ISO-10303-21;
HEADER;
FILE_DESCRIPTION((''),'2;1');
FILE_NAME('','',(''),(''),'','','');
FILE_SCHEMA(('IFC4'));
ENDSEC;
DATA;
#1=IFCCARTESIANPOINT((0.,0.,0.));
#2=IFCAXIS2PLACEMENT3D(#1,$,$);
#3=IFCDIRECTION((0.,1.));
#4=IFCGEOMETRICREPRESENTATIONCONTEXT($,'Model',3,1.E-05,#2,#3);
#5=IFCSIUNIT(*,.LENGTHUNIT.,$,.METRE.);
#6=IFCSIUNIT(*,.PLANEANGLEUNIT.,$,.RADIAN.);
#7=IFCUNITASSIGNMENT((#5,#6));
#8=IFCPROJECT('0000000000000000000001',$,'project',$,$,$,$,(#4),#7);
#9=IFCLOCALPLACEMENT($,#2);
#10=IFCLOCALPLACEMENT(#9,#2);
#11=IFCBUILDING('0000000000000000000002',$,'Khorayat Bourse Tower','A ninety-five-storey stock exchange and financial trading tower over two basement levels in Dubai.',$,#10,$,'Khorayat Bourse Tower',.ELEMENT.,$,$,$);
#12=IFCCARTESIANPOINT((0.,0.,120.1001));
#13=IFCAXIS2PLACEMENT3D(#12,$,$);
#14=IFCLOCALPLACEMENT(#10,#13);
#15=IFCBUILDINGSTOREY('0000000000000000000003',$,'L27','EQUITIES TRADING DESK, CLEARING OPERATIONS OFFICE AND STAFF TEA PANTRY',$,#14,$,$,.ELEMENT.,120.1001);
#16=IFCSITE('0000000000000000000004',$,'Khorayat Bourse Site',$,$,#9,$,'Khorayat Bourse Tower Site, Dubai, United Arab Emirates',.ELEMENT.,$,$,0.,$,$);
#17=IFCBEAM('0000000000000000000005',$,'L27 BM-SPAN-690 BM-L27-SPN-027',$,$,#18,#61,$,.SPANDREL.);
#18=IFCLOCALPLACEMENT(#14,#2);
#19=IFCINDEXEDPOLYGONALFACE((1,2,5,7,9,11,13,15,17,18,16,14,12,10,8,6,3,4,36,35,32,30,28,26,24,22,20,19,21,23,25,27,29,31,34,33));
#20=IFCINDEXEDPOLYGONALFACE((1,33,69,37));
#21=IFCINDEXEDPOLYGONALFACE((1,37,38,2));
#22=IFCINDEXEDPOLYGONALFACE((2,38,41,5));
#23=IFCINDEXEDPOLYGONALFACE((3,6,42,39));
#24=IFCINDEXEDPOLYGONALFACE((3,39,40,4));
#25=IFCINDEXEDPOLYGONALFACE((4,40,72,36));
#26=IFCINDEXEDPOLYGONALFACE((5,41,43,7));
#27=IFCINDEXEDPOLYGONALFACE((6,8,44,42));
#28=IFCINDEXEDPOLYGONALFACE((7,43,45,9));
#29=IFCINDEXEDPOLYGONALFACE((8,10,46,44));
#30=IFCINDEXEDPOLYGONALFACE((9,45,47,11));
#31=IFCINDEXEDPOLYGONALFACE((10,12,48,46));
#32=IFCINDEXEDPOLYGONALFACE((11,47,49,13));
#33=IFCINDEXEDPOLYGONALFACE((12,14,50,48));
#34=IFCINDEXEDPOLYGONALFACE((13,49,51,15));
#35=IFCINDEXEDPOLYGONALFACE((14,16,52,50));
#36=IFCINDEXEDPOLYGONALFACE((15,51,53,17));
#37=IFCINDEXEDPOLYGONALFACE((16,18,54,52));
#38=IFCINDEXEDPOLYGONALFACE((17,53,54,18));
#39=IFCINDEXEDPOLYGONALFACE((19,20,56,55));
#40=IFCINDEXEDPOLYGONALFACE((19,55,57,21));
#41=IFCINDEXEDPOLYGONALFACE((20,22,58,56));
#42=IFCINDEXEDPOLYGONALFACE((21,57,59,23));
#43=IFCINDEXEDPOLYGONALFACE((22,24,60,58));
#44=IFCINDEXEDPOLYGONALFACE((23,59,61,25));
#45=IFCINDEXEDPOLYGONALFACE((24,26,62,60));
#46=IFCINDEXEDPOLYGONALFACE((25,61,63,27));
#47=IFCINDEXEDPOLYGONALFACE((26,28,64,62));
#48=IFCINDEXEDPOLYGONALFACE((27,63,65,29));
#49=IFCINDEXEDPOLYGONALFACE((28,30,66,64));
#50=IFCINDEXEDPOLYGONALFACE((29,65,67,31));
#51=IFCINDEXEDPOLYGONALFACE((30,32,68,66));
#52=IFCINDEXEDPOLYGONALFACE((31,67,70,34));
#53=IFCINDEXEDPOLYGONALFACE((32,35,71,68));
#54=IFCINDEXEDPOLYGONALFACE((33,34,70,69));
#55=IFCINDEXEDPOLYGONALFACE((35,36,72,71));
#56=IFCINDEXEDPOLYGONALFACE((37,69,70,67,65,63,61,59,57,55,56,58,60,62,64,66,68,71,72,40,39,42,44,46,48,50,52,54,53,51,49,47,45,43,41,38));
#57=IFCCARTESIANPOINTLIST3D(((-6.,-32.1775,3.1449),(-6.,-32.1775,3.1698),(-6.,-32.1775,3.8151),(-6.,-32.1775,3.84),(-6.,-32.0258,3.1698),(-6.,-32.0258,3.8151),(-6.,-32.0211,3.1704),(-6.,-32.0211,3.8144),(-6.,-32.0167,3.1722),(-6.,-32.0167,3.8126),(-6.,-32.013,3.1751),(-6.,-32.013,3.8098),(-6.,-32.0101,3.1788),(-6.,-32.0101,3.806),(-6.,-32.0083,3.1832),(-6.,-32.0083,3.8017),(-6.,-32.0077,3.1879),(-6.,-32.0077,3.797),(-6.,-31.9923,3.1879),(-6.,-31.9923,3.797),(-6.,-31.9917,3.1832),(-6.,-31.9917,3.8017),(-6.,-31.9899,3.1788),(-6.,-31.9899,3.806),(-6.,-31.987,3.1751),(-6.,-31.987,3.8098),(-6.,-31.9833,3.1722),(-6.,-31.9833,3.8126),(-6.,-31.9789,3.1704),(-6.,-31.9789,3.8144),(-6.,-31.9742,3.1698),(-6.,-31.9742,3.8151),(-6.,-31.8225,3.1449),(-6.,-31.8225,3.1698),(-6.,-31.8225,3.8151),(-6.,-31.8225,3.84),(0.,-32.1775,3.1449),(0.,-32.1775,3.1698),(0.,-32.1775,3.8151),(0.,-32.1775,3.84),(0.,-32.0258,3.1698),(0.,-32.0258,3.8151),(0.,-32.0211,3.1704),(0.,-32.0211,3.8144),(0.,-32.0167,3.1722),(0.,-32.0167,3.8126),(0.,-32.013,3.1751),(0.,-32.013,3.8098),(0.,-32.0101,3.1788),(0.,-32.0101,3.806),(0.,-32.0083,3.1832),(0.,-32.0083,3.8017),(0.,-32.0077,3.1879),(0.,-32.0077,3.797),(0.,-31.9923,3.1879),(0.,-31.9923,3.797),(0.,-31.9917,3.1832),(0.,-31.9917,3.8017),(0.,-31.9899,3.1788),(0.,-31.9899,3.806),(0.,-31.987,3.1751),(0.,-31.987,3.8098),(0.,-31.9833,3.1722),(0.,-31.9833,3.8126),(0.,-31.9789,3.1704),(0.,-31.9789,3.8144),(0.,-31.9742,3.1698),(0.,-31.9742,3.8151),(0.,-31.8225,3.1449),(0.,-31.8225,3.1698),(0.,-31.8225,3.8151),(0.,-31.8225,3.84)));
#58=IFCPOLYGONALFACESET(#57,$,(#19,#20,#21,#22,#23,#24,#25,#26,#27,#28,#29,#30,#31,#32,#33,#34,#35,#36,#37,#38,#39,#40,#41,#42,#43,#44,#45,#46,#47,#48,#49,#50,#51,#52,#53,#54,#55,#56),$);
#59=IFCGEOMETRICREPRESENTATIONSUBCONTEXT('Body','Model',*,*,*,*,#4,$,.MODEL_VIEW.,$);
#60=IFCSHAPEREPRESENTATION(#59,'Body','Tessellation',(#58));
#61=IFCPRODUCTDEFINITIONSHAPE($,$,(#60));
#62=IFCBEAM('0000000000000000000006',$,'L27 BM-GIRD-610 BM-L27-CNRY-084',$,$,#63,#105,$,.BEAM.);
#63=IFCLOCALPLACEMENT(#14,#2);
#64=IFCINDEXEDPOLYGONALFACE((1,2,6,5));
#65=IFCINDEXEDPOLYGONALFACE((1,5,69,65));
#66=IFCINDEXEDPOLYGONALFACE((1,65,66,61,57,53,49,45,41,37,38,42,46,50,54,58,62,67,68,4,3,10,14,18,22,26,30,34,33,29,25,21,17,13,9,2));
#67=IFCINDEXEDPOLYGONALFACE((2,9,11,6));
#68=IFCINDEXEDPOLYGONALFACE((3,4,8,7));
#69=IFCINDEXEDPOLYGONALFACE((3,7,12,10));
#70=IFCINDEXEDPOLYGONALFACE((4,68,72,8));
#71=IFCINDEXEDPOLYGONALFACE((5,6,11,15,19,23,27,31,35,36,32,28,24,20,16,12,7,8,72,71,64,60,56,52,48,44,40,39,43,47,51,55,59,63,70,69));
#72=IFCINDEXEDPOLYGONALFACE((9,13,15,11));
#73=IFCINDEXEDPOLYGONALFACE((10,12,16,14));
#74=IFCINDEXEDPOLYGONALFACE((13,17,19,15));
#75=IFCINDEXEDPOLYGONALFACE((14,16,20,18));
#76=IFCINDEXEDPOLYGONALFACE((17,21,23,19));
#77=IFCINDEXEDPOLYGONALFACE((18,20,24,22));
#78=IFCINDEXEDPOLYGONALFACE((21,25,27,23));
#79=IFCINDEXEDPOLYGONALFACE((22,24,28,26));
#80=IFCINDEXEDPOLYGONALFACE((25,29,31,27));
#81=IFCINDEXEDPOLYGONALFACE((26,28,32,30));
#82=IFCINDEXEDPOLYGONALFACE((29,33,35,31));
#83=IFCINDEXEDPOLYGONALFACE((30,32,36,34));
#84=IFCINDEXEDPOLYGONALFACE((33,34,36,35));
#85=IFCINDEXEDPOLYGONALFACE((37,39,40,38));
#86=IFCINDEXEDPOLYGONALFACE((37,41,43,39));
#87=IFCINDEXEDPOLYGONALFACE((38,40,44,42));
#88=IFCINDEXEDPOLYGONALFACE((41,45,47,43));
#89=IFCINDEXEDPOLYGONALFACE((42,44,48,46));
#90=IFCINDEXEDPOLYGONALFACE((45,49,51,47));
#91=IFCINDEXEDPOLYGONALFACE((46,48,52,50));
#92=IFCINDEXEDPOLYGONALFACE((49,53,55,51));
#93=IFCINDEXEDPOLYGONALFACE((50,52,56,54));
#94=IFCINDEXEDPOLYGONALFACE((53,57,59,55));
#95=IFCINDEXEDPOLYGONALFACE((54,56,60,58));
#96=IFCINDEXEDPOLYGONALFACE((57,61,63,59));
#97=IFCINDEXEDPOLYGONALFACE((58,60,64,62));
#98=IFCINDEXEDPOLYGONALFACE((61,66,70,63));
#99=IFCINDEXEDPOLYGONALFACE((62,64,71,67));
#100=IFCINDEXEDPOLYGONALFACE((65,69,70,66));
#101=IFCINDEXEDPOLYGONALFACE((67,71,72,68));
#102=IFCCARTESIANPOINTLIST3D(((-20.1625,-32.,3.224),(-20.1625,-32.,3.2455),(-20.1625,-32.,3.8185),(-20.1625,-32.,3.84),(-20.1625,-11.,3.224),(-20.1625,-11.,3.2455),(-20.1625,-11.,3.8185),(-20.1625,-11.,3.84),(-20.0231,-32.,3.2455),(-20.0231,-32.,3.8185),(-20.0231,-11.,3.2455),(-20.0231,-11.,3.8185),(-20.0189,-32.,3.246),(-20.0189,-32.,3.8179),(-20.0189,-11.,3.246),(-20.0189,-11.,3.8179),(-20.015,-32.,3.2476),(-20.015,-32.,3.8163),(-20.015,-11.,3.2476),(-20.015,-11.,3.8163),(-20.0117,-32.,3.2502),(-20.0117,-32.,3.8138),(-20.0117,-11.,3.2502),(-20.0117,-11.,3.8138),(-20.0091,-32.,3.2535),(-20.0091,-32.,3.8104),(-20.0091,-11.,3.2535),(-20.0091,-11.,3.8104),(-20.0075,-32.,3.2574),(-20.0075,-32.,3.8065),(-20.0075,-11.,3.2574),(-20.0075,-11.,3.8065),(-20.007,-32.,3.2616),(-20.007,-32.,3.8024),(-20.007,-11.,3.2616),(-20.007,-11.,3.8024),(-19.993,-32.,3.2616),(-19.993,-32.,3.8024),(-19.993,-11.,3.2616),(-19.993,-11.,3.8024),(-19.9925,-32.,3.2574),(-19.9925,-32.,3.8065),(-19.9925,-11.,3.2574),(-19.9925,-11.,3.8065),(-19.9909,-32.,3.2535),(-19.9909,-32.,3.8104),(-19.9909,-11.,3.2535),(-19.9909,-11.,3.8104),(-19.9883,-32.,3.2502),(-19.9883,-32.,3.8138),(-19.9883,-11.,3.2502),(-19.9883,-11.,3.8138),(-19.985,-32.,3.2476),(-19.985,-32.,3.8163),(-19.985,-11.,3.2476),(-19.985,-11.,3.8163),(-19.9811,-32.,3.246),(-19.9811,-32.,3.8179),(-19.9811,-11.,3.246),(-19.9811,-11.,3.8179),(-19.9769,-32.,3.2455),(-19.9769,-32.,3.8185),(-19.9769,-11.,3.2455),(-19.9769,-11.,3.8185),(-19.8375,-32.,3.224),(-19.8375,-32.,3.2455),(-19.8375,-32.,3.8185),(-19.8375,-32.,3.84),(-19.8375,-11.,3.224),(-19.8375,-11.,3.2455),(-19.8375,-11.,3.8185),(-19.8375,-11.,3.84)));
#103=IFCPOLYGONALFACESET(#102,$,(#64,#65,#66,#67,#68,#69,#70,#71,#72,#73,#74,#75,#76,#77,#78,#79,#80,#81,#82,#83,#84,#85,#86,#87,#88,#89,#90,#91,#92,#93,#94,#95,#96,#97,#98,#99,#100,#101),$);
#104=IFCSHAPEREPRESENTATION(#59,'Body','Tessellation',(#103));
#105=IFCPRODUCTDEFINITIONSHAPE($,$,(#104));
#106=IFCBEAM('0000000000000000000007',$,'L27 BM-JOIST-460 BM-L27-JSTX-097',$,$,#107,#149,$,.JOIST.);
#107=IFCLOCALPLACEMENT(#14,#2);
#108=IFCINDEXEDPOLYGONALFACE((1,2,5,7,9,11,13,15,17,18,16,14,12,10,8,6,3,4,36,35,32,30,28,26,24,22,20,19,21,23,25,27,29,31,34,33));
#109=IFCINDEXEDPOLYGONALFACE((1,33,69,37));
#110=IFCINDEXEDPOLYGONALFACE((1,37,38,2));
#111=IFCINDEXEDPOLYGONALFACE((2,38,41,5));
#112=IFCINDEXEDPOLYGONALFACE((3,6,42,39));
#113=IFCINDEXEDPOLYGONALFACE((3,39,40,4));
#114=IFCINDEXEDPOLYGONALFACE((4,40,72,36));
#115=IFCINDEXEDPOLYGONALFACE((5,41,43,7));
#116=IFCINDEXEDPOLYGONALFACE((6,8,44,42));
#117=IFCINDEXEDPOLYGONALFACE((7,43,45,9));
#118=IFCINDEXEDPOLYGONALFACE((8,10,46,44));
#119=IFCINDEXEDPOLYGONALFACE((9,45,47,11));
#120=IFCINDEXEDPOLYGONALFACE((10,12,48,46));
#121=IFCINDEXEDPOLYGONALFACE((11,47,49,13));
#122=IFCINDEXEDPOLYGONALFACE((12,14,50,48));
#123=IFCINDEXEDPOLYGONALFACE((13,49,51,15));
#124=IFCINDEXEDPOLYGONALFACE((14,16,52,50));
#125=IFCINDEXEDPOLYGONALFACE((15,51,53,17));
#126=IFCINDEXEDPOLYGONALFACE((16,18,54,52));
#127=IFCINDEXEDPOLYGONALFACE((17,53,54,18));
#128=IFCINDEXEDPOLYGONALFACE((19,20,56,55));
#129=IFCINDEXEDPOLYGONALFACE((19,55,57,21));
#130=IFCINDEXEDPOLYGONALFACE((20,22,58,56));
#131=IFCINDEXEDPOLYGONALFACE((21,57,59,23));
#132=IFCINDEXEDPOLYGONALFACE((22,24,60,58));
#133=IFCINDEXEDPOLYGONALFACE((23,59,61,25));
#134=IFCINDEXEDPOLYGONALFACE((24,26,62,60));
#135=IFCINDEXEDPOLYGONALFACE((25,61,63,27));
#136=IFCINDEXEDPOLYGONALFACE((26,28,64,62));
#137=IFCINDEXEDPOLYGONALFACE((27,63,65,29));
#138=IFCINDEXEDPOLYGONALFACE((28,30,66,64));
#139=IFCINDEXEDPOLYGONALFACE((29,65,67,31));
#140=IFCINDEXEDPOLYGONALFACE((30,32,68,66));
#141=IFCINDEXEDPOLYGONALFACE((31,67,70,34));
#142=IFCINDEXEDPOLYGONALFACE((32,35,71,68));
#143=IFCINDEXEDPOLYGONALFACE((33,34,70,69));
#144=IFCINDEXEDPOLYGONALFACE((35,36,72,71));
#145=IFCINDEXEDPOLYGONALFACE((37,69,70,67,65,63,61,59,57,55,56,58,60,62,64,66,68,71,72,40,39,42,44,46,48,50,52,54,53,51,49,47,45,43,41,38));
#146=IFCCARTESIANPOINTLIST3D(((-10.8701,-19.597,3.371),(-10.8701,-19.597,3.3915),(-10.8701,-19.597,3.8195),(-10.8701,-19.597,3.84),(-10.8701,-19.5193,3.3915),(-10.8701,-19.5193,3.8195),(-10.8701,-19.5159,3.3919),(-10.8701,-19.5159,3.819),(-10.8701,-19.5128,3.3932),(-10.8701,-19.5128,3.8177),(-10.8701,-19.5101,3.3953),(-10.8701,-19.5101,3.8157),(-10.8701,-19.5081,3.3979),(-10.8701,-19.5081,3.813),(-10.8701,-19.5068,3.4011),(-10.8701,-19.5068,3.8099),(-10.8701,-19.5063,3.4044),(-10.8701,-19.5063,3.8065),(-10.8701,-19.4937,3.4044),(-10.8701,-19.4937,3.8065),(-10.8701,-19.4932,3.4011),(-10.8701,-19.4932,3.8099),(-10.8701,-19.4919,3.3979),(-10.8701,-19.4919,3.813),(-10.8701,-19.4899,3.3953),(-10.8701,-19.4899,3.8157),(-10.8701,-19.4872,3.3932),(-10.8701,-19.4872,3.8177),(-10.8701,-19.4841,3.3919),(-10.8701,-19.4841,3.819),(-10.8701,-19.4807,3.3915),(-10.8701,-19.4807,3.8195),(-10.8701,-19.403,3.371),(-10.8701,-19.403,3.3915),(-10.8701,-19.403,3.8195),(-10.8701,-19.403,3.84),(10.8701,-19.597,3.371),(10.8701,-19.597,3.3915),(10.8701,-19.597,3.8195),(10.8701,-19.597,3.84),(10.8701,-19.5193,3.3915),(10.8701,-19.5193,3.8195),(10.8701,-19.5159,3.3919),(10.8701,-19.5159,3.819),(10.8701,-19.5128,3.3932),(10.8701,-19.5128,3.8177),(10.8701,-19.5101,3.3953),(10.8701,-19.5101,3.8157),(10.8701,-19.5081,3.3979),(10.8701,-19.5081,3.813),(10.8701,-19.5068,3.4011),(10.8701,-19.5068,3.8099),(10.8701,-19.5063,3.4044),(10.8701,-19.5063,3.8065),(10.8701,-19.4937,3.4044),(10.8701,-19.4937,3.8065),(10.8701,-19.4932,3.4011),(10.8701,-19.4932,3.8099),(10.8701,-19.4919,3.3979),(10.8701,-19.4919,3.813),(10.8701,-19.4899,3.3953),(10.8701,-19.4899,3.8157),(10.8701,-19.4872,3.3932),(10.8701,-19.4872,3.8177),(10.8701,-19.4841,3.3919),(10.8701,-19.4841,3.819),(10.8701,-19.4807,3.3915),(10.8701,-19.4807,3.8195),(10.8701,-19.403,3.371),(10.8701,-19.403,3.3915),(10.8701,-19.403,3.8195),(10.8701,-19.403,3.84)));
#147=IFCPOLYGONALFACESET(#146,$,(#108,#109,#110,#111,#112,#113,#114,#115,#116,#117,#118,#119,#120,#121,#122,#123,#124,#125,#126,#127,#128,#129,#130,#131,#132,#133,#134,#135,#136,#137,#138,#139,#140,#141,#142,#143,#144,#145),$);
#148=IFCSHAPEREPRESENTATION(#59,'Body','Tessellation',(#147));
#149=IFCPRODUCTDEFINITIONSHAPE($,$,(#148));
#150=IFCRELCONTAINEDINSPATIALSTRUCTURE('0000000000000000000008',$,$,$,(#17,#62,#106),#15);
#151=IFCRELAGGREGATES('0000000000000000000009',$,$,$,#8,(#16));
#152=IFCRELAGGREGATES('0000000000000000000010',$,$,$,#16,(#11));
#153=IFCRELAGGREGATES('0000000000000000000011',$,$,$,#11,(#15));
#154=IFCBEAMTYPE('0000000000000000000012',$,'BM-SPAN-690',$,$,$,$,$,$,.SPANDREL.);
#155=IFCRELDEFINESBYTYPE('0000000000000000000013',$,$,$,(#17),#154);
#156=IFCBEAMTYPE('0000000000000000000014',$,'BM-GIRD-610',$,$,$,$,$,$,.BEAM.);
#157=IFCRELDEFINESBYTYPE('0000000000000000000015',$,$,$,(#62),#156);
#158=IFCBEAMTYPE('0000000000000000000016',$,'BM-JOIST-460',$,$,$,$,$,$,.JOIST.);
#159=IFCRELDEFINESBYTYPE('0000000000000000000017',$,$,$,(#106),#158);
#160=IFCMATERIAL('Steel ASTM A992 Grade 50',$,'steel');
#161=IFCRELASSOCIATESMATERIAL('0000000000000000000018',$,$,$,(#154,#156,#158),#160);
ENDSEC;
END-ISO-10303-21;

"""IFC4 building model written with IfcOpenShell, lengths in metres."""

from ifc_helpers import new_model, si_unit, direction, frame, origin, origin_2d, place, context, subcontext, project, spatial, i_section, extrude, source, transform, mapped, material, material_profile, profile_set, type_object, element, save


model = new_model("IFC4")

# Units and contexts
model_context = context("Model", 3, precision=1e-05, world=origin(), true_north=direction((0.0, 1.0)))
body_context = subcontext(model_context, "Body", "Model", "MODEL_VIEW")
ifc_project = project(units=[si_unit("LENGTHUNIT", "METRE"), si_unit("PLANEANGLEUNIT", "RADIAN")], contexts=[model_context])

# Site, building, storey
site_placement = place(None, origin())
site = spatial("IfcSite", under=ifc_project, at=site_placement, Name="Khorayat Bourse Site", LongName="Khorayat Bourse Tower Site, Dubai, United Arab Emirates", CompositionType="ELEMENT", RefElevation=0.0)
building_placement = place(site_placement, origin())
building = spatial("IfcBuilding", under=site, at=building_placement, Name="Khorayat Bourse Tower", Description="A ninety-five-storey stock exchange and financial trading tower over two basement levels in Dubai.", LongName="Khorayat Bourse Tower", CompositionType="ELEMENT")
storey_placement = place(building_placement, frame((0.0, 0.0, 120.1001)))
storey = spatial("IfcBuildingStorey", under=building, at=storey_placement, Name="L27", Description="EQUITIES TRADING DESK, CLEARING OPERATIONS OFFICE AND STAFF TEA PANTRY", CompositionType="ELEMENT", Elevation=120.1001)

# Beams
ifc_material_1 = material(Name="Steel ASTM A992 Grade 50", Category="steel")
ifc_material_profile_1 = material_profile(ifc_material_1, i_section(OverallWidth=0.355, OverallDepth=0.6951, WebThickness=0.0154, FlangeThickness=0.0249, FilletRadius=0.0181, at=origin_2d()), Name="W690X217")
ifc_profile_set_1 = profile_set([ifc_material_profile_1], Name="Steel ASTM A992 Grade 50")
beam_type_1 = type_object("IfcBeamType", Name="BM-SPAN-690", PredefinedType="SPANDREL", material=ifc_profile_set_1)
shared_shape_1 = source(origin(), body_context, "Body", "SweptSolid", [
    extrude(i_section(OverallWidth=0.355, OverallDepth=0.6951, WebThickness=0.0154, FlangeThickness=0.0249, FilletRadius=0.0181, at=origin_2d()), origin(), (0.0, 0.0, 1.0), 6.0),
])
beam_1_placement = place(storey_placement, frame((-6.0, -32.0, 3.4924), z_axis=(1.0, 0.0, 0.0), x_axis=(0.0, 1.0, 0.0)))
element("IfcBeam", 1, at=beam_1_placement, inside=storey, type_object=beam_type_1, Name="L27 BM-SPAN-690 BM-L27-SPN-027", PredefinedType="SPANDREL", context=body_context, shape_type="MappedRepresentation", body=[
    mapped(shared_shape_1, transform((0.0, 0.0, 0.0), scale=1.0)),
])
ifc_material_profile_2 = material_profile(ifc_material_1, i_section(OverallWidth=0.325, OverallDepth=0.616, WebThickness=0.0139, FlangeThickness=0.0215, FilletRadius=0.0161, at=origin_2d()), Name="W610X174")
ifc_profile_set_2 = profile_set([ifc_material_profile_2], Name="Steel ASTM A992 Grade 50")
beam_type_2 = type_object("IfcBeamType", Name="BM-GIRD-610", PredefinedType="BEAM", material=ifc_profile_set_2)
shared_shape_2 = source(origin(), body_context, "Body", "SweptSolid", [
    extrude(i_section(OverallWidth=0.325, OverallDepth=0.616, WebThickness=0.0139, FlangeThickness=0.0215, FilletRadius=0.0161, at=origin_2d()), origin(), (0.0, 0.0, 1.0), 21.0),
])
beam_2_placement = place(storey_placement, frame((-20.0, -32.0, 3.532), z_axis=(0.0, 1.0, 0.0), x_axis=(-1.0, 0.0, 0.0)))
element("IfcBeam", 2, at=beam_2_placement, inside=storey, type_object=beam_type_2, Name="L27 BM-GIRD-610 BM-L27-CNRY-084", PredefinedType="BEAM", context=body_context, shape_type="MappedRepresentation", body=[
    mapped(shared_shape_2, transform((0.0, 0.0, 0.0), scale=1.0)),
])
ifc_material_profile_3 = material_profile(ifc_material_1, i_section(OverallWidth=0.1941, OverallDepth=0.469, WebThickness=0.0127, FlangeThickness=0.0205, FilletRadius=0.0129, at=origin_2d()), Name="W460X106")
ifc_profile_set_3 = profile_set([ifc_material_profile_3], Name="Steel ASTM A992 Grade 50")
beam_type_3 = type_object("IfcBeamType", Name="BM-JOIST-460", PredefinedType="JOIST", material=ifc_profile_set_3)
shared_shape_3 = source(origin(), body_context, "Body", "SweptSolid", [
    extrude(i_section(OverallWidth=0.1941, OverallDepth=0.469, WebThickness=0.0127, FlangeThickness=0.0205, FilletRadius=0.0129, at=origin_2d()), origin(), (0.0, 0.0, 1.0), 21.7402),
])
beam_3_placement = place(storey_placement, frame((-10.8701, -19.5, 3.6055), z_axis=(1.0, 0.0, 0.0), x_axis=(0.0, 1.0, 0.0)))
element("IfcBeam", 3, at=beam_3_placement, inside=storey, type_object=beam_type_3, Name="L27 BM-JOIST-460 BM-L27-JSTX-097", PredefinedType="JOIST", context=body_context, shape_type="MappedRepresentation", body=[
    mapped(shared_shape_3, transform((0.0, 0.0, 0.0), scale=1.0)),
])

save(model, "model.ifc")
